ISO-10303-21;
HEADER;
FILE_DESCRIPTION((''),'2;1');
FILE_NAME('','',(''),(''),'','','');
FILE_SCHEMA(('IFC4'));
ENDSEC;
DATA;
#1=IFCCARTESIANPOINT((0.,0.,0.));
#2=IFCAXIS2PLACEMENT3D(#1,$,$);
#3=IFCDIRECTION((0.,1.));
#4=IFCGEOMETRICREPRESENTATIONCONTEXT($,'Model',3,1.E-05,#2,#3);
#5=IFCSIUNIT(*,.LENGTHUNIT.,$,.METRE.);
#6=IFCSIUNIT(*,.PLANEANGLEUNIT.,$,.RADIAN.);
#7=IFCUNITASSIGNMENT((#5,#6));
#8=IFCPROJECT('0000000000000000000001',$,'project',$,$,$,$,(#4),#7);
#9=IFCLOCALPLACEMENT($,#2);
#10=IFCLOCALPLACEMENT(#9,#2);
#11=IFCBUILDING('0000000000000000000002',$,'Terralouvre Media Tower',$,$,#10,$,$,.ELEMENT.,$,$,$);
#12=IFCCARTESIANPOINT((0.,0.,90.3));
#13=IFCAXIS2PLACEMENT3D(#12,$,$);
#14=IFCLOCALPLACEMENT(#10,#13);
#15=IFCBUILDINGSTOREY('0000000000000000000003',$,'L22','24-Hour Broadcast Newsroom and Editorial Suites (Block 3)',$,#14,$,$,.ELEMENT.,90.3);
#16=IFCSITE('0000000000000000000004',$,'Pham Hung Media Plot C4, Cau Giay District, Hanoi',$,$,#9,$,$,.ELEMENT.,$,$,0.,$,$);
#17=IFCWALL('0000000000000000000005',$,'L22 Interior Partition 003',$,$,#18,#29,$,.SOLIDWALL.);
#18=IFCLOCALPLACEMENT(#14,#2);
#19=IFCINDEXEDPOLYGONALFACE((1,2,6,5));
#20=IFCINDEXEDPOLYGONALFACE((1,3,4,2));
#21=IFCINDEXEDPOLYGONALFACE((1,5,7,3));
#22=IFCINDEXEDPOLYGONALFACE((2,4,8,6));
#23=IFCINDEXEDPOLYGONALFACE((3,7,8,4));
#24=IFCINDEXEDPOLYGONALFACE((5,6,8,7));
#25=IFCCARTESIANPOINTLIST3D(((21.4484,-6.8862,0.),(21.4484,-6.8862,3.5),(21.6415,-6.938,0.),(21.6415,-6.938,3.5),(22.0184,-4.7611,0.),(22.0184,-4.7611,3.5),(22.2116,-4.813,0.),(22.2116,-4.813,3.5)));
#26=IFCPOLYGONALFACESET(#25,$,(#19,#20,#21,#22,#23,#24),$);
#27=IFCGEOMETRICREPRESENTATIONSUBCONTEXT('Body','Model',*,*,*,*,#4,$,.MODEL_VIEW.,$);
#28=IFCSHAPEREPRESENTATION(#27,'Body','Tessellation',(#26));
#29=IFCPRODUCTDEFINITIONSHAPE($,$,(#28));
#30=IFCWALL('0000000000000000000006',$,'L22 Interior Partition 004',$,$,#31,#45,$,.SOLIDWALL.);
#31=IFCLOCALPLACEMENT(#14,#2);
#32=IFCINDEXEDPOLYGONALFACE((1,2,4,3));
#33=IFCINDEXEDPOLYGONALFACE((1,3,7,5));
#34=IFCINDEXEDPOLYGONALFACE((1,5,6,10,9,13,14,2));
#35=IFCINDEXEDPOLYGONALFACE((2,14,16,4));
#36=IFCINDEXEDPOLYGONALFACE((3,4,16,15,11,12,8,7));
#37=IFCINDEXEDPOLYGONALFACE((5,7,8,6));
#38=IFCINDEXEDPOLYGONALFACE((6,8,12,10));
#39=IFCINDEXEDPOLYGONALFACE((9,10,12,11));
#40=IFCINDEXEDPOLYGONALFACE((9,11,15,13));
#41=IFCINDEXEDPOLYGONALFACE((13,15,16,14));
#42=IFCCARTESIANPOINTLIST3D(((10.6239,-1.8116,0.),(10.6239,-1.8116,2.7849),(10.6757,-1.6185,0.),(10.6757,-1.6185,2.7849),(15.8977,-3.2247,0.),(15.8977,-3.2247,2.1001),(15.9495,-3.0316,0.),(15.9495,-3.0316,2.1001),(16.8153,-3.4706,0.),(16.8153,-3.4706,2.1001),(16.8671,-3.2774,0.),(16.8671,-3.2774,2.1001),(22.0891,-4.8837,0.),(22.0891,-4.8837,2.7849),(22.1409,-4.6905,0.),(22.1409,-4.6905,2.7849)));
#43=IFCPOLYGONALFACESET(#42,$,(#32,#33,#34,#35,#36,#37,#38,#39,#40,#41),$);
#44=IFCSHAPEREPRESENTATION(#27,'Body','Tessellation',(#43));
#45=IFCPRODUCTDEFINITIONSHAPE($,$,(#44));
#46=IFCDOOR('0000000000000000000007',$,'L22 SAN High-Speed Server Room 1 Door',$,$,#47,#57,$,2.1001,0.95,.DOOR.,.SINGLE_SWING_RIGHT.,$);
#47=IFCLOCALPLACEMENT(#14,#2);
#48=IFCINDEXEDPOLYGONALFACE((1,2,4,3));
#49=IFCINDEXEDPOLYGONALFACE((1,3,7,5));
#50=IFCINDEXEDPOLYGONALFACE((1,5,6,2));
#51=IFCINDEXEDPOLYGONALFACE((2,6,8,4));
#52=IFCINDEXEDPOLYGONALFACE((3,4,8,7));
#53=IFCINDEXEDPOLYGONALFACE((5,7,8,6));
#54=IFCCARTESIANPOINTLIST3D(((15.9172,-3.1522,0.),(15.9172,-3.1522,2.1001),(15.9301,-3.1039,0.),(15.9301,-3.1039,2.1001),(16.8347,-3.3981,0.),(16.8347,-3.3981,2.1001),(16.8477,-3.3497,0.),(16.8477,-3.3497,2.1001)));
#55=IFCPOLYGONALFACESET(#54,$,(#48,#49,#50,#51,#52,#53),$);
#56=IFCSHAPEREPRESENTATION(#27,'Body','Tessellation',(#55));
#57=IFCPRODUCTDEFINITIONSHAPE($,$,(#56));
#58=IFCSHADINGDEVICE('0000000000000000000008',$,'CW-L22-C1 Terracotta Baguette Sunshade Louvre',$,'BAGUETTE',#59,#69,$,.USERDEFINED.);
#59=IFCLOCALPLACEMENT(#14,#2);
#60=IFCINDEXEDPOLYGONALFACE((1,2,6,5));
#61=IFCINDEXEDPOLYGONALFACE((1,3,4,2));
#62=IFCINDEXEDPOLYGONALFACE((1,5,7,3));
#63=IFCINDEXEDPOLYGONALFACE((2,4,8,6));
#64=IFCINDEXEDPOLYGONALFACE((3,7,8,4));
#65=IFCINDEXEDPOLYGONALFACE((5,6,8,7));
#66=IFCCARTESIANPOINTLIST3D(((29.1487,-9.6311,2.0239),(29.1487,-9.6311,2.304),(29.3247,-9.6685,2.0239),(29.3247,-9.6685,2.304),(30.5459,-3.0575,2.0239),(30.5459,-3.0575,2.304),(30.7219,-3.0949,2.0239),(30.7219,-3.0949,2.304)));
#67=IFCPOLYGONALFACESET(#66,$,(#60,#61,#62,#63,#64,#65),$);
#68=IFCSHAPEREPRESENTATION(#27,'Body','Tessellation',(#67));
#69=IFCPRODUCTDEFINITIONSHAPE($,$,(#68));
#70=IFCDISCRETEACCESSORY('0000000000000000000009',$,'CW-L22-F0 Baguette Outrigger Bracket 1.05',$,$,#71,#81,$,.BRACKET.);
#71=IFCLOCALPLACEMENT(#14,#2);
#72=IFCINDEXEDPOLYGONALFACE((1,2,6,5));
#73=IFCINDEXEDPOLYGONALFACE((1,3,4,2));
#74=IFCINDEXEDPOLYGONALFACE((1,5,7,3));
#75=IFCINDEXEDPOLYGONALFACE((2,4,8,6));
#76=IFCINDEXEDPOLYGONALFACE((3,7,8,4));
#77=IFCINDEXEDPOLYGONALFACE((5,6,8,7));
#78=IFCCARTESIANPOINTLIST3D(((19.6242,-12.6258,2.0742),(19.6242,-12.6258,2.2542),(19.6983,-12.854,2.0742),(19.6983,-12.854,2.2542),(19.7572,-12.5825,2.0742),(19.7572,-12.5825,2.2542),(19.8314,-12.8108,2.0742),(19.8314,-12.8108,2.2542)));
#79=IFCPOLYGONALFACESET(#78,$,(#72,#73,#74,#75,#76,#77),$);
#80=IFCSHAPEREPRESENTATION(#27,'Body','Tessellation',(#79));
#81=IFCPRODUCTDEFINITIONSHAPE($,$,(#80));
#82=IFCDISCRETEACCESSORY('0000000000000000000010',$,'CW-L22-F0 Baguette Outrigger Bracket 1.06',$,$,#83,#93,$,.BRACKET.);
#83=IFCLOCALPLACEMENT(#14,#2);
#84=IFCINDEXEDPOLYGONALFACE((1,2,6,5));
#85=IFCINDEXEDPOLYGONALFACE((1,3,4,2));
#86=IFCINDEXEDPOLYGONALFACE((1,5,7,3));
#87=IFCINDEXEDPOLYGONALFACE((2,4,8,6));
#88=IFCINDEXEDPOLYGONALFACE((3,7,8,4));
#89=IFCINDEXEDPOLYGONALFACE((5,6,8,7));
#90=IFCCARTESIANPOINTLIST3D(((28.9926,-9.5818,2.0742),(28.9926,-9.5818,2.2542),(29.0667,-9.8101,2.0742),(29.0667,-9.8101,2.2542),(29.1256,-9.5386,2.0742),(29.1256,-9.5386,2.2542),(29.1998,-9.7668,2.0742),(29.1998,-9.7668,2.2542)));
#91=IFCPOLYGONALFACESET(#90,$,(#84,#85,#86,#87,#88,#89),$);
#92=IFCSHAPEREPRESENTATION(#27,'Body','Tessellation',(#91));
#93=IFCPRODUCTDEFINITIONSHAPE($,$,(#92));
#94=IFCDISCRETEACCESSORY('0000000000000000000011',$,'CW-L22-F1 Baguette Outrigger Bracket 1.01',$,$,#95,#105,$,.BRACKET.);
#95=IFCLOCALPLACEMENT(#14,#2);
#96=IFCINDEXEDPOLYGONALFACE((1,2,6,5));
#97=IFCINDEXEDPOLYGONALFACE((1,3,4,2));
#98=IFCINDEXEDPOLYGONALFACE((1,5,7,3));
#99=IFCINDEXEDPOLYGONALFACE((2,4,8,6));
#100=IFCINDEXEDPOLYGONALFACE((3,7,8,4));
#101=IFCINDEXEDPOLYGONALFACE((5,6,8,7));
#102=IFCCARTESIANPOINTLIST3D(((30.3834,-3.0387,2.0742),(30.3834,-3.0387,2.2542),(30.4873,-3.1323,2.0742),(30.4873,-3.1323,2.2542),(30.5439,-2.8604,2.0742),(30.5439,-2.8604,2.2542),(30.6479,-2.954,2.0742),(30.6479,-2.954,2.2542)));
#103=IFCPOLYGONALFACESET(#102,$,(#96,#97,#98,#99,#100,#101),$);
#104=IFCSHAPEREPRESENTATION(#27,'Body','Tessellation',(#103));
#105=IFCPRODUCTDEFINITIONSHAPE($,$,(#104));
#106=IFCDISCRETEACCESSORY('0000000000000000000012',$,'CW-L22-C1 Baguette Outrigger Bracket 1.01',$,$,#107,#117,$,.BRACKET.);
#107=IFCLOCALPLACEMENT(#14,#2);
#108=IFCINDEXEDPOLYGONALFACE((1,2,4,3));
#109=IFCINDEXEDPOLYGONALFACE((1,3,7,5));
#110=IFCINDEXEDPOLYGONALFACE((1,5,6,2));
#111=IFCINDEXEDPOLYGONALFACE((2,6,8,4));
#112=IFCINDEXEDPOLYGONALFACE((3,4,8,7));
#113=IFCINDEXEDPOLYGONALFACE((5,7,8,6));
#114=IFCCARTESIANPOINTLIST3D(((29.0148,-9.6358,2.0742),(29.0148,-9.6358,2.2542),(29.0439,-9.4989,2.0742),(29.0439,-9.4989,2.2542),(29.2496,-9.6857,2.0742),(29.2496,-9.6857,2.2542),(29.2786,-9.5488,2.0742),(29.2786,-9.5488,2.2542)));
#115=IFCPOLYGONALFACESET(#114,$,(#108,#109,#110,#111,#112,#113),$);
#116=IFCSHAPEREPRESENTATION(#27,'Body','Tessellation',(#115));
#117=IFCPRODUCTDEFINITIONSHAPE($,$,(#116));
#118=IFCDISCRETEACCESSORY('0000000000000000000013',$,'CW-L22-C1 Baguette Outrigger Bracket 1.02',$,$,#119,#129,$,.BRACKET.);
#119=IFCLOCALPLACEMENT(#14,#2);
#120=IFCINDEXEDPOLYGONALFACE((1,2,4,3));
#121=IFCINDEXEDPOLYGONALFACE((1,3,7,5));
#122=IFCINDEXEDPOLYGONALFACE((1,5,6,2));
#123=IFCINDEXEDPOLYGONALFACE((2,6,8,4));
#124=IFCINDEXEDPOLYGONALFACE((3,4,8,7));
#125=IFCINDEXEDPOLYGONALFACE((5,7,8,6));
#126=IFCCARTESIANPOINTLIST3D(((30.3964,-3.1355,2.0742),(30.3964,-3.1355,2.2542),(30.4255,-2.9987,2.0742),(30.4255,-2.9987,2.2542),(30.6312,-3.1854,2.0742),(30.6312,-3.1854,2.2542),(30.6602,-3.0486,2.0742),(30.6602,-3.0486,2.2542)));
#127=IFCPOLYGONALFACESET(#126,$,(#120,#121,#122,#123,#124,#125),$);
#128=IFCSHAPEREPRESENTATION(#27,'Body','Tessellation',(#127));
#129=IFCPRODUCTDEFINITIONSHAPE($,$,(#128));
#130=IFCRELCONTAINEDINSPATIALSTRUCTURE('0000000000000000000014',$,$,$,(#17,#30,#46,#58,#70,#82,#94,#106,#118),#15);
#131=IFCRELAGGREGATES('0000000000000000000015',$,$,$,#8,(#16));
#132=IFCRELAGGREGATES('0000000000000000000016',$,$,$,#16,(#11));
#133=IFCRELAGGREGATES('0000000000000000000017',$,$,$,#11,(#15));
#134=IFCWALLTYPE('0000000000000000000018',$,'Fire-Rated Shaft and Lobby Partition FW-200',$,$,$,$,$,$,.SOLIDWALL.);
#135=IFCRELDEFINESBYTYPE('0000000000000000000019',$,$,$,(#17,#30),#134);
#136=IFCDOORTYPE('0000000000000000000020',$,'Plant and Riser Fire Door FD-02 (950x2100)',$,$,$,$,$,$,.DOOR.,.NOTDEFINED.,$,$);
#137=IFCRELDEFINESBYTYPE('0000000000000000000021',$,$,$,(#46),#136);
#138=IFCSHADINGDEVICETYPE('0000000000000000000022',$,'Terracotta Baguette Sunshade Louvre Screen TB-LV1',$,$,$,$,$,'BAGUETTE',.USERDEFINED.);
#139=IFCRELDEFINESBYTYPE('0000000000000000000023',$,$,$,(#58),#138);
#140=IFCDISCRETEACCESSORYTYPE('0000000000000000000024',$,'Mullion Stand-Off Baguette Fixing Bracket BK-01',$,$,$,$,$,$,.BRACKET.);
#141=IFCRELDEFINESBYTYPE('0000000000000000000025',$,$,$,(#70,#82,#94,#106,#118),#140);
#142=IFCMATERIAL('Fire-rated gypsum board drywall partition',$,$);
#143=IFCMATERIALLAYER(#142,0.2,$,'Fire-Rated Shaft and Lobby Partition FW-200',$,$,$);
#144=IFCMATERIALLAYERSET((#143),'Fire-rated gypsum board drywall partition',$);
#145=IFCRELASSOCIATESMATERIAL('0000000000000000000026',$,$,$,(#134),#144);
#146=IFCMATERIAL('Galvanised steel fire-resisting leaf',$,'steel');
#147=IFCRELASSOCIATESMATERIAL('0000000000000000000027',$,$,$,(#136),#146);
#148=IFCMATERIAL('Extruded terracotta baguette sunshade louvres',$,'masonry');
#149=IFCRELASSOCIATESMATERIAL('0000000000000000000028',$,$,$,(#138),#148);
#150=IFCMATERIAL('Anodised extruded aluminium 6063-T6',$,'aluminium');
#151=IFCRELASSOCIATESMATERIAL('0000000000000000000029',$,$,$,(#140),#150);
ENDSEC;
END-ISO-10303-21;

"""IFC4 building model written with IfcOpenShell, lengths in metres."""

from ifc_helpers import new_model, si_unit, direction, frame, frame_2d, origin, origin_2d, place, context, subcontext, project, spatial, rectangle, extrude, material, layer, layer_set, type_object, element, fill, save


model = new_model("IFC4")

# Units and contexts
model_context = context("Model", 3, precision=1e-05, world=origin(), true_north=direction((0.0, 1.0)))
body_context = subcontext(model_context, "Body", "Model", "MODEL_VIEW")
ifc_project = project(units=[si_unit("LENGTHUNIT", "METRE"), si_unit("PLANEANGLEUNIT", "RADIAN")], contexts=[model_context])

# Site, building, storey
site_placement = place(None, origin())
site = spatial("IfcSite", under=ifc_project, at=site_placement, Name="Pham Hung Media Plot C4, Cau Giay District, Hanoi", CompositionType="ELEMENT", RefElevation=0.0)
building_placement = place(site_placement, origin())
building = spatial("IfcBuilding", under=site, at=building_placement, Name="Terralouvre Media Tower", CompositionType="ELEMENT")
storey_placement = place(building_placement, frame((0.0, 0.0, 90.3)))
storey = spatial("IfcBuildingStorey", under=building, at=storey_placement, Name="L22", Description="24-Hour Broadcast Newsroom and Editorial Suites (Block 3)", CompositionType="ELEMENT", Elevation=90.3)

# Wall
ifc_material_1 = material(Name="Fire-rated gypsum board drywall partition")
ifc_layer_1 = layer(ifc_material_1, 0.2, Name="Fire-Rated Shaft and Lobby Partition FW-200")
ifc_layer_set_1 = layer_set([ifc_layer_1], Name="Fire-rated gypsum board drywall partition")
wall_type = type_object("IfcWallType", Name="Fire-Rated Shaft and Lobby Partition FW-200", PredefinedType="SOLIDWALL", material=ifc_layer_set_1)
wall_1_placement = place(storey_placement, frame((21.5449, -6.9121, 0.0), z_axis=(0.0, 0.0, 1.0), x_axis=(0.259106, 0.965849, 0.0)))
element("IfcWall", 1, at=wall_1_placement, inside=storey, type_object=wall_type, Name="L22 Interior Partition 003", PredefinedType="SOLIDWALL", context=body_context, shape_type="SweptSolid", body=[
    extrude(rectangle(XDim=2.2002, YDim=0.2, at=frame_2d((1.1001, 0.0))), origin(), (0.0, 0.0, 1.0), 3.5),
])

# Wall, opening, door
wall_2_placement = place(storey_placement, frame((22.115, -4.7871, 0.0), z_axis=(0.0, 0.0, 1.0), x_axis=(-0.965927, 0.258816, 0.0)))
wall_2 = element("IfcWall", 2, at=wall_2_placement, inside=storey, type_object=wall_type, Name="L22 Interior Partition 004", PredefinedType="SOLIDWALL", context=body_context, shape_type="SweptSolid", body=[
    extrude(rectangle(XDim=11.8696, YDim=0.2, at=frame_2d((5.9348, 0.0))), origin(), (0.0, 0.0, 1.0), 2.7849),
])
opening_placement = place(wall_2_placement, frame((5.4597, 0.0, 0.0)))
opening = element("IfcOpeningElement", 3, at=opening_placement, cuts=wall_2, PredefinedType="OPENING", context=body_context, shape_type="SweptSolid", body=[
    extrude(rectangle(XDim=0.95, YDim=2.1001, at=frame_2d((0.4751, 1.05))), frame((0.0, 0.1099, 0.0), z_axis=(0.0, -1.0, 0.0), x_axis=(1.0, 0.0, 0.0)), (0.0, 0.0, 1.0), 0.22),
])
ifc_material_2 = material(Name="Galvanised steel fire-resisting leaf", Category="steel")
door_type = type_object("IfcDoorType", Name="Plant and Riser Fire Door FD-02 (950x2100)", OperationType="NOTDEFINED", PredefinedType="DOOR", material=ifc_material_2)
door_placement = place(opening_placement, origin())
door = element("IfcDoor", 4, at=door_placement, inside=storey, type_object=door_type, Name="L22 SAN High-Speed Server Room 1 Door", OperationType="SINGLE_SWING_RIGHT", OverallHeight=2.1001, OverallWidth=0.95, PredefinedType="DOOR", context=body_context, shape_type="SweptSolid", body=[
    extrude(rectangle(XDim=0.95, YDim=2.1001, at=frame_2d((0.4751, 1.05))), frame((0.0, 0.0249, 0.0), z_axis=(0.0, -1.0, 0.0), x_axis=(1.0, 0.0, 0.0)), (0.0, 0.0, 1.0), 0.05),
])
fill(opening, door)

# Shading device
ifc_material_3 = material(Name="Extruded terracotta baguette sunshade louvres", Category="masonry")
shading_device_type = type_object("IfcShadingDeviceType", Name="Terracotta Baguette Sunshade Louvre Screen TB-LV1", ElementType="BAGUETTE", PredefinedType="USERDEFINED", material=ifc_material_3)
shading_device_placement = place(storey_placement, frame((29.9353, -6.363, 2.0239), z_axis=(0.0, 0.0, 1.0), x_axis=(0.207912, 0.978148, 0.0)))
element("IfcShadingDevice", 5, at=shading_device_placement, inside=storey, type_object=shading_device_type, Name="CW-L22-C1 Terracotta Baguette Sunshade Louvre", ObjectType="BAGUETTE", PredefinedType="USERDEFINED", context=body_context, shape_type="SweptSolid", body=[
    extrude(rectangle(XDim=6.7205, YDim=0.1799, at=origin_2d()), origin(), (0.0, 0.0, 1.0), 0.28),
])

# Discrete accessories
ifc_material_4 = material(Name="Anodised extruded aluminium 6063-T6", Category="aluminium")
discrete_accessory_type = type_object("IfcDiscreteAccessoryType", Name="Mullion Stand-Off Baguette Fixing Bracket BK-01", PredefinedType="BRACKET", material=ifc_material_4)
for number, where, z_axis, x_axis, name in (
    (6, (19.7278, -12.7183, 2.0742), (0.0, 0.0, 1.0), (0.951057, 0.309017, 0.0), "CW-L22-F0 Baguette Outrigger Bracket 1.05"),
    (7, (29.0962, -9.6743, 2.0742), (0.0, 0.0, 1.0), (0.951057, 0.309017, 0.0), "CW-L22-F0 Baguette Outrigger Bracket 1.06"),
    (8, (30.5156, -2.9963, 2.0742), (0.0, 0.0, 1.0), (-0.743145, 0.669131, 0.0), "CW-L22-F1 Baguette Outrigger Bracket 1.01"),
    (9, (29.1467, -9.5923, 2.0742), (0.0, 0.0, 1.0), (0.207912, 0.978148, 0.0), "CW-L22-C1 Baguette Outrigger Bracket 1.01"),
    (10, (30.5283, -3.092, 2.0742), (0.0, 0.0, 1.0), (0.207912, 0.978148, 0.0), "CW-L22-C1 Baguette Outrigger Bracket 1.02"),
):
    element("IfcDiscreteAccessory", number, at=place(storey_placement, frame(where, z_axis=z_axis, x_axis=x_axis)), inside=storey, type_object=discrete_accessory_type, Name=name, PredefinedType="BRACKET", context=body_context, shape_type="SweptSolid", body=[
        extrude(rectangle(XDim=0.1399, YDim=0.24, at=origin_2d()), origin(), (0.0, 0.0, 1.0), 0.1799),
    ])

save(model, "model.ifc")
